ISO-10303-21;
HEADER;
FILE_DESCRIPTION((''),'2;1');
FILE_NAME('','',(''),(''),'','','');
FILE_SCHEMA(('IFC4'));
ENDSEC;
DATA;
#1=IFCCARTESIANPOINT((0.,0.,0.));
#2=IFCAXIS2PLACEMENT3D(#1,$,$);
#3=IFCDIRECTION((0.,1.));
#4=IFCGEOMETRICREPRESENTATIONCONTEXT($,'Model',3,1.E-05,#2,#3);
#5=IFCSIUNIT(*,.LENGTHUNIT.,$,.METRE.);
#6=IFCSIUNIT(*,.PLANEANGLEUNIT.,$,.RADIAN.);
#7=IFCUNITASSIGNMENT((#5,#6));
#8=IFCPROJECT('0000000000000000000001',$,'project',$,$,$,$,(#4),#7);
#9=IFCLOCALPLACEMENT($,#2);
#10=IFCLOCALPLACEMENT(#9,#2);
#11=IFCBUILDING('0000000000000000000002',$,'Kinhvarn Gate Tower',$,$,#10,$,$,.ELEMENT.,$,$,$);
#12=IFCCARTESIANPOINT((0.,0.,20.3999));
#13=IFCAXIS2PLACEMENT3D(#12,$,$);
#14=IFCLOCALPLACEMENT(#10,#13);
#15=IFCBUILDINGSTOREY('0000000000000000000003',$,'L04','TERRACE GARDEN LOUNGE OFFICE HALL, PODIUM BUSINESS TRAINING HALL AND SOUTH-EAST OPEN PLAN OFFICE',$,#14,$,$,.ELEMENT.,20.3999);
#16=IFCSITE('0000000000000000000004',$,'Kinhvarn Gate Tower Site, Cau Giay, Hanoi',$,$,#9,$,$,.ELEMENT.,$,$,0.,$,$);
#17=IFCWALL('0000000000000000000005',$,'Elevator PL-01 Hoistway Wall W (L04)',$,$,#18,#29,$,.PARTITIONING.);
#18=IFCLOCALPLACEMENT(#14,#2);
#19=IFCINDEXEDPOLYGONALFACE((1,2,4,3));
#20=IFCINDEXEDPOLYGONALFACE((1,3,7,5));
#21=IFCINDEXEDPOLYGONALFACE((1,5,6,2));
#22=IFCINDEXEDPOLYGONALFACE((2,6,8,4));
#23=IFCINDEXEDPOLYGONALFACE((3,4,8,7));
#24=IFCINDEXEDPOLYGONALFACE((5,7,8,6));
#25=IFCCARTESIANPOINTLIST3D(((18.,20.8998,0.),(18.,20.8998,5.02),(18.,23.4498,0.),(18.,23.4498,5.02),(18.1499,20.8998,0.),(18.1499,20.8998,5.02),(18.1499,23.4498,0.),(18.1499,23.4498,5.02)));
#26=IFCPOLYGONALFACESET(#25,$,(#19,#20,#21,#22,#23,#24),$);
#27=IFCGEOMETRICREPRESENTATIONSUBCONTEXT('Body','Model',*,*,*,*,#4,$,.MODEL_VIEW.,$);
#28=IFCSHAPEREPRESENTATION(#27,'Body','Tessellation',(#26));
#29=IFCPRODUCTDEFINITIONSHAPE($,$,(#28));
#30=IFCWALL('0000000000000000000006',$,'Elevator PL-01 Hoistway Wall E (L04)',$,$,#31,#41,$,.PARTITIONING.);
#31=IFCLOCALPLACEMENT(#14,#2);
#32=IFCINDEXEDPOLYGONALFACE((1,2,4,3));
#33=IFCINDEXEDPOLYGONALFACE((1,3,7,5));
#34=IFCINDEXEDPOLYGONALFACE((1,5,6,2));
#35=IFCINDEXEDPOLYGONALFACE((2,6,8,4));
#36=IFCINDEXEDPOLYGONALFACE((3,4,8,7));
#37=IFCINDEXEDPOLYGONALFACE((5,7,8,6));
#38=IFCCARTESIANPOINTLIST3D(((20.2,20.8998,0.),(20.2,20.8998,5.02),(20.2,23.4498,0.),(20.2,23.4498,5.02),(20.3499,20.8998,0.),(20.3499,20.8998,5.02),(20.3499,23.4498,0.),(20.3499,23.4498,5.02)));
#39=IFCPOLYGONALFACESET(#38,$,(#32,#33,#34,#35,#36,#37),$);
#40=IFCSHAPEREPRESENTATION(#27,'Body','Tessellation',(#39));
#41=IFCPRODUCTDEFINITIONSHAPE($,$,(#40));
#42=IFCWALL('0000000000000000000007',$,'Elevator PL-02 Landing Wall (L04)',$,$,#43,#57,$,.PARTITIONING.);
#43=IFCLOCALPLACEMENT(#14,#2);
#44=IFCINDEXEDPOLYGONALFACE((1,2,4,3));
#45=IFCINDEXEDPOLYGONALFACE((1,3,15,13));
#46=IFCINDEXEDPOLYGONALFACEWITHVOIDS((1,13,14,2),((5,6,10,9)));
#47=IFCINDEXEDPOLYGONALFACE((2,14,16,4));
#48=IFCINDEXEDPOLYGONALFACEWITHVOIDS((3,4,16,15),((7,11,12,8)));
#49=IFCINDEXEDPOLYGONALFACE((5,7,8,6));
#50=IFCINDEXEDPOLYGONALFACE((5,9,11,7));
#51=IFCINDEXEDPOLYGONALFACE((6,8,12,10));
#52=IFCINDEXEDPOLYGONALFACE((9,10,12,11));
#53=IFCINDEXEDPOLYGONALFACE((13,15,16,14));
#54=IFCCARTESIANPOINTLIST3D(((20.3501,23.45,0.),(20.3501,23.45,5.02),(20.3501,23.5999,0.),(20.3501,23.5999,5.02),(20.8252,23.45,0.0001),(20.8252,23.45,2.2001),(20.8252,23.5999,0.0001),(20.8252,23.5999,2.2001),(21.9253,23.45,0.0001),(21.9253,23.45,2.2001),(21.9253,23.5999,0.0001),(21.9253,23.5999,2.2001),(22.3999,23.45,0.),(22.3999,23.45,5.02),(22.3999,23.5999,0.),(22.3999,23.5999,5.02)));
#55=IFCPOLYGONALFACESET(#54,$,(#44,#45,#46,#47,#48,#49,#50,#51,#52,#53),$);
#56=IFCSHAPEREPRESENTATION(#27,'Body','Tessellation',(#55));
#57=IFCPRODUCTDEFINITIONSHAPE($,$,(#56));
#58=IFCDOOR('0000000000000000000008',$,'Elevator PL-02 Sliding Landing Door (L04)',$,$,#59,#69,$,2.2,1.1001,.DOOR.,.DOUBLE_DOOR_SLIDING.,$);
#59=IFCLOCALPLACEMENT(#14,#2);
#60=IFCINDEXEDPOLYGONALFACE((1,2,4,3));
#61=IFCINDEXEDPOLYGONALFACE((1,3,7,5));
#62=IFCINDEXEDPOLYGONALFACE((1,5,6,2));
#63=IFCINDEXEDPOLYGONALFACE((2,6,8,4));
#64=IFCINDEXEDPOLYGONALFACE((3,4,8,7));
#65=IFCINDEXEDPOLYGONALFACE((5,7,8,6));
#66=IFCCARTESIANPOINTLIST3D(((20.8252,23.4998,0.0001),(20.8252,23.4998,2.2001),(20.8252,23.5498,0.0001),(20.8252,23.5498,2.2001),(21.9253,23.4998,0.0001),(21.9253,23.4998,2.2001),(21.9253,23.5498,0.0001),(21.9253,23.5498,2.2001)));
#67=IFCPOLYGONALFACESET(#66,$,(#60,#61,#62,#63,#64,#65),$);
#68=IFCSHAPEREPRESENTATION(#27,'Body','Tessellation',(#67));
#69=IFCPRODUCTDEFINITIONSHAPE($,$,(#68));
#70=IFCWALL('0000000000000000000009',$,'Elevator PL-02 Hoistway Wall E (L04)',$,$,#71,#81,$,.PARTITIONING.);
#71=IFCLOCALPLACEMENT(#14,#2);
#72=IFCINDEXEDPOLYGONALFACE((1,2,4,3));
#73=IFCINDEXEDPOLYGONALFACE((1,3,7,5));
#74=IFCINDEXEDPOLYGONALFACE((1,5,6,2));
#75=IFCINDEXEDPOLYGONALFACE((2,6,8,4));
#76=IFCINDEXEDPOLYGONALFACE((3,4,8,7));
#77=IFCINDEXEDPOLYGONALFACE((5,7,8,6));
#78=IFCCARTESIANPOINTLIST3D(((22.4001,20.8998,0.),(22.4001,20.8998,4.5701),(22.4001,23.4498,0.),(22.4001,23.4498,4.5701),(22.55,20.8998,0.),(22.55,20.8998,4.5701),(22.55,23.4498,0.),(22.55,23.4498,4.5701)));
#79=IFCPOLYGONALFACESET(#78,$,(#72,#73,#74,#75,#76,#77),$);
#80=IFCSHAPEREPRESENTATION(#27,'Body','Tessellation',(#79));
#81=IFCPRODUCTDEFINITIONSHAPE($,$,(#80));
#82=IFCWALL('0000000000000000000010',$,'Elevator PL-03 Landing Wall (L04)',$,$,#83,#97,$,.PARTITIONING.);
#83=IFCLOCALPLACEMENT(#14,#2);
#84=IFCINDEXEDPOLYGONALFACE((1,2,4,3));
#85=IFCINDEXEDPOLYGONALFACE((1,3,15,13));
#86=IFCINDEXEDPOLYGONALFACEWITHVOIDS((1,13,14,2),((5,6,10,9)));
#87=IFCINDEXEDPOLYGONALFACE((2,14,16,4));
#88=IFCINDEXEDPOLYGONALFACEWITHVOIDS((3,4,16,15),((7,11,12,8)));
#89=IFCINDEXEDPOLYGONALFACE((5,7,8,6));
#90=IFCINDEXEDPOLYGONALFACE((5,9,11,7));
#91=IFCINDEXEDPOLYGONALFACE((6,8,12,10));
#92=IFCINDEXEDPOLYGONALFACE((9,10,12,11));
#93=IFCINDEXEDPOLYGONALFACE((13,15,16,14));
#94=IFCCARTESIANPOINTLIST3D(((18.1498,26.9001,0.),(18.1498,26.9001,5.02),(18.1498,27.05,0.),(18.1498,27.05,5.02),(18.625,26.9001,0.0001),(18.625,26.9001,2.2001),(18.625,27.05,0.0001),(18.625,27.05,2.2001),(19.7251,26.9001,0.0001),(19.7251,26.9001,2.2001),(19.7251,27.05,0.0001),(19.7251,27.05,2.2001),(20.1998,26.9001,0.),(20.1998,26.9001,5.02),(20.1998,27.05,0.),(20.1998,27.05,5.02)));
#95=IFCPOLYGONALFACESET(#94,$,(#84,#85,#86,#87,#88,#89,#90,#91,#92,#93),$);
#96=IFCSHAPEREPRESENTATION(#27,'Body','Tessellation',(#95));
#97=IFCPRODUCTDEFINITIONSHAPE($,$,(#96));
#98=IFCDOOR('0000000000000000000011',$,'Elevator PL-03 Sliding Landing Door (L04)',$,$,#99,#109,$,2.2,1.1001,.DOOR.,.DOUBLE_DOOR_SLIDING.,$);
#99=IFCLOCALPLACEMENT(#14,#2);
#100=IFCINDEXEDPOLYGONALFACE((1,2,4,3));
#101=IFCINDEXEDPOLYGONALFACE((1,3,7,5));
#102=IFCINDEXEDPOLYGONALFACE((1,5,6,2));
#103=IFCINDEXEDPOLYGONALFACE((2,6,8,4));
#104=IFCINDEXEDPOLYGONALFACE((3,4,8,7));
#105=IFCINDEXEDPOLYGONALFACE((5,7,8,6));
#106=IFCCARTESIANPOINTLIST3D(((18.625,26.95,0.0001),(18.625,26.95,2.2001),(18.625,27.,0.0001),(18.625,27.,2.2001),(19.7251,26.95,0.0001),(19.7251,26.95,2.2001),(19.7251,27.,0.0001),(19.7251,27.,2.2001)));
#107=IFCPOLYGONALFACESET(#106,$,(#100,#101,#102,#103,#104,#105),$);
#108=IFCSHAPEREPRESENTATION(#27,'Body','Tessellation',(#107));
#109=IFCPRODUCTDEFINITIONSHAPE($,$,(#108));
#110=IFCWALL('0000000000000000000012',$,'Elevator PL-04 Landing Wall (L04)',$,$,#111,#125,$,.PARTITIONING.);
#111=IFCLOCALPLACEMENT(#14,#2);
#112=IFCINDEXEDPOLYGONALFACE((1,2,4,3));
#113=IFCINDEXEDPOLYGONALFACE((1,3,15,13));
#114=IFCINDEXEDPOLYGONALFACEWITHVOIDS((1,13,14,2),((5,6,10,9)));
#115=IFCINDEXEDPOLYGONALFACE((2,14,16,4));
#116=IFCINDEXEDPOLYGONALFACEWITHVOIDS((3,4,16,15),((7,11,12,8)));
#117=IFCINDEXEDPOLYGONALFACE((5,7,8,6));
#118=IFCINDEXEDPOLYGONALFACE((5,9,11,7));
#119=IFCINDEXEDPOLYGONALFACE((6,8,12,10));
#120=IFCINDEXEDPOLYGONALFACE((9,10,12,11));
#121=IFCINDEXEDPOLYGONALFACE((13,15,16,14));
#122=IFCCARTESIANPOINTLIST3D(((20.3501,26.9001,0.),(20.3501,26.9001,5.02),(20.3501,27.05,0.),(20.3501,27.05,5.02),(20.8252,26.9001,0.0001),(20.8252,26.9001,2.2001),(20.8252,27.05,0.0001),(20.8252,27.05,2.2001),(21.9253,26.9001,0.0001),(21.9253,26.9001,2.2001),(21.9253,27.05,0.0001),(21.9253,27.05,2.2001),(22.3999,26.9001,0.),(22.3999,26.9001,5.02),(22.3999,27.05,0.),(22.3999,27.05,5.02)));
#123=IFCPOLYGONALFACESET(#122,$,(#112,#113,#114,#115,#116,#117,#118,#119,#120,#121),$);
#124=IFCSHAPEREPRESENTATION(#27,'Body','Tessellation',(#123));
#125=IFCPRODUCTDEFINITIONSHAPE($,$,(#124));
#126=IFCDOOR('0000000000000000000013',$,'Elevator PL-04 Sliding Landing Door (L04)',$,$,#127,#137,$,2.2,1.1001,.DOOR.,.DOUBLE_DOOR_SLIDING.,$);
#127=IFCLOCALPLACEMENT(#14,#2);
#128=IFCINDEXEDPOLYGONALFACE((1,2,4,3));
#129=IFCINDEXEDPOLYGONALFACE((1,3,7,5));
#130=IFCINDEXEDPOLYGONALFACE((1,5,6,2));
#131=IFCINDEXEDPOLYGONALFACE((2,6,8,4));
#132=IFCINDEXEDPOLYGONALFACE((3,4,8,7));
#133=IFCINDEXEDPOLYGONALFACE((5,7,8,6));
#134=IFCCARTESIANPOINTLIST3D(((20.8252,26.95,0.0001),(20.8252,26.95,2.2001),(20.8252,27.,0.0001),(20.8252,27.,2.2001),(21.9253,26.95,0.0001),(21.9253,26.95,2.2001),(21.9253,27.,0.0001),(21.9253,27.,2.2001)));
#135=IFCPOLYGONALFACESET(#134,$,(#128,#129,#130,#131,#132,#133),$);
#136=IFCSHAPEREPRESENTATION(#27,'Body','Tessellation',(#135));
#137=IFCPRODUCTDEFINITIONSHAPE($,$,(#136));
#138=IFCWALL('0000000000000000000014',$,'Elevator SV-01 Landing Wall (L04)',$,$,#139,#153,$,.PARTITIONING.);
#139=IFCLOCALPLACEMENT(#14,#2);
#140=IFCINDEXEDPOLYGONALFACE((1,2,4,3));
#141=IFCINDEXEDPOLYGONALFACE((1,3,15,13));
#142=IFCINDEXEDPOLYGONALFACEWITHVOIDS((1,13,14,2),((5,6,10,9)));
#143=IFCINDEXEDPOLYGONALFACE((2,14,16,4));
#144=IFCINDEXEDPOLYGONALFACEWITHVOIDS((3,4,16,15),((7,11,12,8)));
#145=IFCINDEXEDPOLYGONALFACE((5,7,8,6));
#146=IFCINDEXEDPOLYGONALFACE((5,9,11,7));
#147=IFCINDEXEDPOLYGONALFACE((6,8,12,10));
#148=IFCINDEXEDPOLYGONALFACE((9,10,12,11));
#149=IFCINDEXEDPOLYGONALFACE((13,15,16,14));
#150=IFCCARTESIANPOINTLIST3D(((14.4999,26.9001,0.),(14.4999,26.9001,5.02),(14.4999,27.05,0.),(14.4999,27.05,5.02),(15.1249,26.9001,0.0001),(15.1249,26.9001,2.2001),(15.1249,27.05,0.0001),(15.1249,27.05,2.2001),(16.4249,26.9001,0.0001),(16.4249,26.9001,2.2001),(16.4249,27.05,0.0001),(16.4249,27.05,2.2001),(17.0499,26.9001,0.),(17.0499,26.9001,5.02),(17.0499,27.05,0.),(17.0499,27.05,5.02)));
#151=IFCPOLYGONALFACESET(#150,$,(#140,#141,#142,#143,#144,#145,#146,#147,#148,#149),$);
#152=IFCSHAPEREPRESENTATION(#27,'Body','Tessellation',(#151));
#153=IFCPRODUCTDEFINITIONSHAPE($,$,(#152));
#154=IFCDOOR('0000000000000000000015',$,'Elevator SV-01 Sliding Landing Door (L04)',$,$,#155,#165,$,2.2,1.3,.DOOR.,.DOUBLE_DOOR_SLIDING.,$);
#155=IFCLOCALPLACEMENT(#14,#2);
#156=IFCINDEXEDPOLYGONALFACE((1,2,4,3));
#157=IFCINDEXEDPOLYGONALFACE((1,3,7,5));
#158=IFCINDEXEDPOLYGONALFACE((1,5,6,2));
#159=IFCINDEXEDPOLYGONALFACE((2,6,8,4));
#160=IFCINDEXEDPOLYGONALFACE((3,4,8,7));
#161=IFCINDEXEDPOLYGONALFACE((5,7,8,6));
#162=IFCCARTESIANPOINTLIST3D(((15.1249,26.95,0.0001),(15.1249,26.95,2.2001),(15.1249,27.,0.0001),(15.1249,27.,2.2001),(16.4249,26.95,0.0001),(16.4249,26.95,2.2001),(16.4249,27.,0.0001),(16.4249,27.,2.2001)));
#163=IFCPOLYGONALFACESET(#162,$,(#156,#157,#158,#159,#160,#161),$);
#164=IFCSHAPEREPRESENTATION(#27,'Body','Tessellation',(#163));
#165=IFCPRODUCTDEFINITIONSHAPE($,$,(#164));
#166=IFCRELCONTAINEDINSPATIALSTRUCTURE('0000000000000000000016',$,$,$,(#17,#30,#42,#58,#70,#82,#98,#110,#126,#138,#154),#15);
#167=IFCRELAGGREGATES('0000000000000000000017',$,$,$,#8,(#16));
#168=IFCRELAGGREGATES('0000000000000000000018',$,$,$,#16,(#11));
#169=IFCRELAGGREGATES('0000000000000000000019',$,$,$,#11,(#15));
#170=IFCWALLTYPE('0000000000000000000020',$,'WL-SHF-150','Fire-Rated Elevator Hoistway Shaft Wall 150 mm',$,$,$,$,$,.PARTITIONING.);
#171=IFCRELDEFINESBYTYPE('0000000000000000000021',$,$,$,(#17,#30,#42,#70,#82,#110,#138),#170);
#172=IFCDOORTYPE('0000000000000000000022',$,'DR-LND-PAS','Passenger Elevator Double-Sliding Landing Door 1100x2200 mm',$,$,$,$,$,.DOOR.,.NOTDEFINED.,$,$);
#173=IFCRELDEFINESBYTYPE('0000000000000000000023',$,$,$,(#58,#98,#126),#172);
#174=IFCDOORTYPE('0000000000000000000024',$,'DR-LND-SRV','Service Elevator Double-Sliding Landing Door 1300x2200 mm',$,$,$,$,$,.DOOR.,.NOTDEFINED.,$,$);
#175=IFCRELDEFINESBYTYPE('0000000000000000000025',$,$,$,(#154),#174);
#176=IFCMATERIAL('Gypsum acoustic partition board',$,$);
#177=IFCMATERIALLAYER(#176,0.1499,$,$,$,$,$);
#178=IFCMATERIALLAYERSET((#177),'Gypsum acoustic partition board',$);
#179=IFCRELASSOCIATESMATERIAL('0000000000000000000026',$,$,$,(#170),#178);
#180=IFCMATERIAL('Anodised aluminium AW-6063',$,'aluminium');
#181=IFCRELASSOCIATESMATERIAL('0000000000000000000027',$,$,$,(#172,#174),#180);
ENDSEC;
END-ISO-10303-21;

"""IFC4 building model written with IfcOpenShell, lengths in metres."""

from ifc_helpers import new_model, si_unit, direction, frame, frame_2d, origin, place, context, subcontext, project, spatial, rectangle, extrude, material, layer, layer_set, type_object, element, fill, save


model = new_model("IFC4")

# Units and contexts
model_context = context("Model", 3, precision=1e-05, world=origin(), true_north=direction((0.0, 1.0)))
body_context = subcontext(model_context, "Body", "Model", "MODEL_VIEW")
ifc_project = project(units=[si_unit("LENGTHUNIT", "METRE"), si_unit("PLANEANGLEUNIT", "RADIAN")], contexts=[model_context])

# Site, building, storey
site_placement = place(None, origin())
site = spatial("IfcSite", under=ifc_project, at=site_placement, Name="Kinhvarn Gate Tower Site, Cau Giay, Hanoi", CompositionType="ELEMENT", RefElevation=0.0)
building_placement = place(site_placement, origin())
building = spatial("IfcBuilding", under=site, at=building_placement, Name="Kinhvarn Gate Tower", CompositionType="ELEMENT")
storey_placement = place(building_placement, frame((0.0, 0.0, 20.3999)))
storey = spatial("IfcBuildingStorey", under=building, at=storey_placement, Name="L04", Description="TERRACE GARDEN LOUNGE OFFICE HALL, PODIUM BUSINESS TRAINING HALL AND SOUTH-EAST OPEN PLAN OFFICE", CompositionType="ELEMENT", Elevation=20.3999)

# Shared definitions
ifc_material_1 = material(Name="Gypsum acoustic partition board")
ifc_material_2 = material(Name="Anodised aluminium AW-6063", Category="aluminium")

# Shared definitions
ifc_layer_1 = layer(ifc_material_1, 0.1499)
ifc_layer_set_1 = layer_set([ifc_layer_1], Name="Gypsum acoustic partition board")
wall_type_1 = type_object("IfcWallType", Name="WL-SHF-150", Description="Fire-Rated Elevator Hoistway Shaft Wall 150 mm", PredefinedType="PARTITIONING", material=ifc_layer_set_1)
door_type_1 = type_object("IfcDoorType", Name="DR-LND-PAS", Description="Passenger Elevator Double-Sliding Landing Door 1100x2200 mm", OperationType="NOTDEFINED", PredefinedType="DOOR", material=ifc_material_2)

# Walls
for number, where, z_axis, x_axis, name in (
    (1, (18.075, 20.8999, 0.0), (0.0, 0.0, 1.0), (0.0, 1.0, 0.0), "Elevator PL-01 Hoistway Wall W (L04)"),
    (2, (20.2749, 20.8999, 0.0), (0.0, 0.0, 1.0), (0.0, 1.0, 0.0), "Elevator PL-01 Hoistway Wall E (L04)"),
):
    element("IfcWall", number, at=place(storey_placement, frame(where, z_axis=z_axis, x_axis=x_axis)), inside=storey, type_object=wall_type_1, Name=name, PredefinedType="PARTITIONING", context=body_context, shape_type="SweptSolid", body=[
        extrude(rectangle(XDim=2.55, YDim=0.1499, at=frame_2d((1.2749, 0.0))), origin(), (0.0, 0.0, 1.0), 5.02),
    ])

# Wall, opening, door
wall_1_placement = place(storey_placement, frame((20.3501, 23.5249, 0.0), z_axis=(0.0, 0.0, 1.0), x_axis=(1.0, 0.0, 0.0)))
wall_1 = element("IfcWall", 3, at=wall_1_placement, inside=storey, type_object=wall_type_1, Name="Elevator PL-02 Landing Wall (L04)", PredefinedType="PARTITIONING", context=body_context, shape_type="SweptSolid", body=[
    extrude(rectangle(XDim=2.0498, YDim=0.1499, at=frame_2d((1.0249, 0.0))), origin(), (0.0, 0.0, 1.0), 5.02),
])
opening_1_placement = place(wall_1_placement, frame((0.4751, 0.0, 0.0)))
opening_1 = element("IfcOpeningElement", 4, at=opening_1_placement, cuts=wall_1, PredefinedType="OPENING", context=body_context, shape_type="SweptSolid", body=[
    extrude(rectangle(XDim=1.1001, YDim=2.2, at=frame_2d((0.55, 1.1001))), frame((0.0, 0.085, 0.0), z_axis=(0.0, -1.0, 0.0), x_axis=(1.0, 0.0, 0.0)), (0.0, 0.0, 1.0), 0.1699),
])
door_1_placement = place(opening_1_placement, origin())
door_1 = element("IfcDoor", 5, at=door_1_placement, inside=storey, type_object=door_type_1, Name="Elevator PL-02 Sliding Landing Door (L04)", OperationType="DOUBLE_DOOR_SLIDING", OverallHeight=2.2, OverallWidth=1.1001, PredefinedType="DOOR", context=body_context, shape_type="SweptSolid", body=[
    extrude(rectangle(XDim=1.1001, YDim=2.2, at=frame_2d((0.55, 1.1001))), frame((0.0, 0.0249, 0.0), z_axis=(0.0, -1.0, 0.0), x_axis=(1.0, 0.0, 0.0)), (0.0, 0.0, 1.0), 0.05),
])
fill(opening_1, door_1)

# Wall
wall_2_placement = place(storey_placement, frame((22.4751, 20.8999, 0.0), z_axis=(0.0, 0.0, 1.0), x_axis=(0.0, 1.0, 0.0)))
element("IfcWall", 6, at=wall_2_placement, inside=storey, type_object=wall_type_1, Name="Elevator PL-02 Hoistway Wall E (L04)", PredefinedType="PARTITIONING", context=body_context, shape_type="SweptSolid", body=[
    extrude(rectangle(XDim=2.55, YDim=0.1499, at=frame_2d((1.2749, 0.0))), origin(), (0.0, 0.0, 1.0), 4.5701),
])

# Walls, openings, doors
wall_3_placement = place(storey_placement, frame((18.1499, 26.9751, 0.0), z_axis=(0.0, 0.0, 1.0), x_axis=(1.0, 0.0, 0.0)))
wall_3 = element("IfcWall", 7, at=wall_3_placement, inside=storey, type_object=wall_type_1, Name="Elevator PL-03 Landing Wall (L04)", PredefinedType="PARTITIONING", context=body_context, shape_type="SweptSolid", body=[
    extrude(rectangle(XDim=2.05, YDim=0.1499, at=frame_2d((1.0249, 0.0))), origin(), (0.0, 0.0, 1.0), 5.02),
])
opening_2_placement = place(wall_3_placement, frame((0.4751, 0.0, 0.0)))
opening_2 = element("IfcOpeningElement", 8, at=opening_2_placement, cuts=wall_3, PredefinedType="OPENING", context=body_context, shape_type="SweptSolid", body=[
    extrude(rectangle(XDim=1.1001, YDim=2.2, at=frame_2d((0.55, 1.1001))), frame((0.0, 0.085, 0.0), z_axis=(0.0, -1.0, 0.0), x_axis=(1.0, 0.0, 0.0)), (0.0, 0.0, 1.0), 0.1699),
])
door_2_placement = place(opening_2_placement, origin())
door_2 = element("IfcDoor", 9, at=door_2_placement, inside=storey, type_object=door_type_1, Name="Elevator PL-03 Sliding Landing Door (L04)", OperationType="DOUBLE_DOOR_SLIDING", OverallHeight=2.2, OverallWidth=1.1001, PredefinedType="DOOR", context=body_context, shape_type="SweptSolid", body=[
    extrude(rectangle(XDim=1.1001, YDim=2.2, at=frame_2d((0.55, 1.1001))), frame((0.0, 0.0249, 0.0), z_axis=(0.0, -1.0, 0.0), x_axis=(1.0, 0.0, 0.0)), (0.0, 0.0, 1.0), 0.05),
])
fill(opening_2, door_2)
wall_4_placement = place(storey_placement, frame((20.3501, 26.9751, 0.0), z_axis=(0.0, 0.0, 1.0), x_axis=(1.0, 0.0, 0.0)))
wall_4 = element("IfcWall", 10, at=wall_4_placement, inside=storey, type_object=wall_type_1, Name="Elevator PL-04 Landing Wall (L04)", PredefinedType="PARTITIONING", context=body_context, shape_type="SweptSolid", body=[
    extrude(rectangle(XDim=2.0498, YDim=0.1499, at=frame_2d((1.0249, 0.0))), origin(), (0.0, 0.0, 1.0), 5.02),
])
opening_3_placement = place(wall_4_placement, frame((0.4751, 0.0, 0.0)))
opening_3 = element("IfcOpeningElement", 11, at=opening_3_placement, cuts=wall_4, PredefinedType="OPENING", context=body_context, shape_type="SweptSolid", body=[
    extrude(rectangle(XDim=1.1001, YDim=2.2, at=frame_2d((0.55, 1.1001))), frame((0.0, 0.085, 0.0), z_axis=(0.0, -1.0, 0.0), x_axis=(1.0, 0.0, 0.0)), (0.0, 0.0, 1.0), 0.1699),
])
door_3_placement = place(opening_3_placement, origin())
door_3 = element("IfcDoor", 12, at=door_3_placement, inside=storey, type_object=door_type_1, Name="Elevator PL-04 Sliding Landing Door (L04)", OperationType="DOUBLE_DOOR_SLIDING", OverallHeight=2.2, OverallWidth=1.1001, PredefinedType="DOOR", context=body_context, shape_type="SweptSolid", body=[
    extrude(rectangle(XDim=1.1001, YDim=2.2, at=frame_2d((0.55, 1.1001))), frame((0.0, 0.0249, 0.0), z_axis=(0.0, -1.0, 0.0), x_axis=(1.0, 0.0, 0.0)), (0.0, 0.0, 1.0), 0.05),
])
fill(opening_3, door_3)
wall_5_placement = place(storey_placement, frame((14.5, 26.9751, 0.0), z_axis=(0.0, 0.0, 1.0), x_axis=(1.0, 0.0, 0.0)))
wall_5 = element("IfcWall", 13, at=wall_5_placement, inside=storey, type_object=wall_type_1, Name="Elevator SV-01 Landing Wall (L04)", PredefinedType="PARTITIONING", context=body_context, shape_type="SweptSolid", body=[
    extrude(rectangle(XDim=2.55, YDim=0.1499, at=frame_2d((1.2749, 0.0))), origin(), (0.0, 0.0, 1.0), 5.02),
])
opening_4_placement = place(wall_5_placement, frame((0.625, 0.0, 0.0)))
opening_4 = element("IfcOpeningElement", 14, at=opening_4_placement, cuts=wall_5, PredefinedType="OPENING", context=body_context, shape_type="SweptSolid", body=[
    extrude(rectangle(XDim=1.3, YDim=2.2, at=frame_2d((0.6499, 1.1001))), frame((0.0, 0.085, 0.0), z_axis=(0.0, -1.0, 0.0), x_axis=(1.0, 0.0, 0.0)), (0.0, 0.0, 1.0), 0.1699),
])
door_type_2 = type_object("IfcDoorType", Name="DR-LND-SRV", Description="Service Elevator Double-Sliding Landing Door 1300x2200 mm", OperationType="NOTDEFINED", PredefinedType="DOOR", material=ifc_material_2)
door_4_placement = place(opening_4_placement, origin())
door_4 = element("IfcDoor", 15, at=door_4_placement, inside=storey, type_object=door_type_2, Name="Elevator SV-01 Sliding Landing Door (L04)", OperationType="DOUBLE_DOOR_SLIDING", OverallHeight=2.2, OverallWidth=1.3, PredefinedType="DOOR", context=body_context, shape_type="SweptSolid", body=[
    extrude(rectangle(XDim=1.3, YDim=2.2, at=frame_2d((0.6499, 1.1001))), frame((0.0, 0.0249, 0.0), z_axis=(0.0, -1.0, 0.0), x_axis=(1.0, 0.0, 0.0)), (0.0, 0.0, 1.0), 0.05),
])
fill(opening_4, door_4)

save(model, "model.ifc")
